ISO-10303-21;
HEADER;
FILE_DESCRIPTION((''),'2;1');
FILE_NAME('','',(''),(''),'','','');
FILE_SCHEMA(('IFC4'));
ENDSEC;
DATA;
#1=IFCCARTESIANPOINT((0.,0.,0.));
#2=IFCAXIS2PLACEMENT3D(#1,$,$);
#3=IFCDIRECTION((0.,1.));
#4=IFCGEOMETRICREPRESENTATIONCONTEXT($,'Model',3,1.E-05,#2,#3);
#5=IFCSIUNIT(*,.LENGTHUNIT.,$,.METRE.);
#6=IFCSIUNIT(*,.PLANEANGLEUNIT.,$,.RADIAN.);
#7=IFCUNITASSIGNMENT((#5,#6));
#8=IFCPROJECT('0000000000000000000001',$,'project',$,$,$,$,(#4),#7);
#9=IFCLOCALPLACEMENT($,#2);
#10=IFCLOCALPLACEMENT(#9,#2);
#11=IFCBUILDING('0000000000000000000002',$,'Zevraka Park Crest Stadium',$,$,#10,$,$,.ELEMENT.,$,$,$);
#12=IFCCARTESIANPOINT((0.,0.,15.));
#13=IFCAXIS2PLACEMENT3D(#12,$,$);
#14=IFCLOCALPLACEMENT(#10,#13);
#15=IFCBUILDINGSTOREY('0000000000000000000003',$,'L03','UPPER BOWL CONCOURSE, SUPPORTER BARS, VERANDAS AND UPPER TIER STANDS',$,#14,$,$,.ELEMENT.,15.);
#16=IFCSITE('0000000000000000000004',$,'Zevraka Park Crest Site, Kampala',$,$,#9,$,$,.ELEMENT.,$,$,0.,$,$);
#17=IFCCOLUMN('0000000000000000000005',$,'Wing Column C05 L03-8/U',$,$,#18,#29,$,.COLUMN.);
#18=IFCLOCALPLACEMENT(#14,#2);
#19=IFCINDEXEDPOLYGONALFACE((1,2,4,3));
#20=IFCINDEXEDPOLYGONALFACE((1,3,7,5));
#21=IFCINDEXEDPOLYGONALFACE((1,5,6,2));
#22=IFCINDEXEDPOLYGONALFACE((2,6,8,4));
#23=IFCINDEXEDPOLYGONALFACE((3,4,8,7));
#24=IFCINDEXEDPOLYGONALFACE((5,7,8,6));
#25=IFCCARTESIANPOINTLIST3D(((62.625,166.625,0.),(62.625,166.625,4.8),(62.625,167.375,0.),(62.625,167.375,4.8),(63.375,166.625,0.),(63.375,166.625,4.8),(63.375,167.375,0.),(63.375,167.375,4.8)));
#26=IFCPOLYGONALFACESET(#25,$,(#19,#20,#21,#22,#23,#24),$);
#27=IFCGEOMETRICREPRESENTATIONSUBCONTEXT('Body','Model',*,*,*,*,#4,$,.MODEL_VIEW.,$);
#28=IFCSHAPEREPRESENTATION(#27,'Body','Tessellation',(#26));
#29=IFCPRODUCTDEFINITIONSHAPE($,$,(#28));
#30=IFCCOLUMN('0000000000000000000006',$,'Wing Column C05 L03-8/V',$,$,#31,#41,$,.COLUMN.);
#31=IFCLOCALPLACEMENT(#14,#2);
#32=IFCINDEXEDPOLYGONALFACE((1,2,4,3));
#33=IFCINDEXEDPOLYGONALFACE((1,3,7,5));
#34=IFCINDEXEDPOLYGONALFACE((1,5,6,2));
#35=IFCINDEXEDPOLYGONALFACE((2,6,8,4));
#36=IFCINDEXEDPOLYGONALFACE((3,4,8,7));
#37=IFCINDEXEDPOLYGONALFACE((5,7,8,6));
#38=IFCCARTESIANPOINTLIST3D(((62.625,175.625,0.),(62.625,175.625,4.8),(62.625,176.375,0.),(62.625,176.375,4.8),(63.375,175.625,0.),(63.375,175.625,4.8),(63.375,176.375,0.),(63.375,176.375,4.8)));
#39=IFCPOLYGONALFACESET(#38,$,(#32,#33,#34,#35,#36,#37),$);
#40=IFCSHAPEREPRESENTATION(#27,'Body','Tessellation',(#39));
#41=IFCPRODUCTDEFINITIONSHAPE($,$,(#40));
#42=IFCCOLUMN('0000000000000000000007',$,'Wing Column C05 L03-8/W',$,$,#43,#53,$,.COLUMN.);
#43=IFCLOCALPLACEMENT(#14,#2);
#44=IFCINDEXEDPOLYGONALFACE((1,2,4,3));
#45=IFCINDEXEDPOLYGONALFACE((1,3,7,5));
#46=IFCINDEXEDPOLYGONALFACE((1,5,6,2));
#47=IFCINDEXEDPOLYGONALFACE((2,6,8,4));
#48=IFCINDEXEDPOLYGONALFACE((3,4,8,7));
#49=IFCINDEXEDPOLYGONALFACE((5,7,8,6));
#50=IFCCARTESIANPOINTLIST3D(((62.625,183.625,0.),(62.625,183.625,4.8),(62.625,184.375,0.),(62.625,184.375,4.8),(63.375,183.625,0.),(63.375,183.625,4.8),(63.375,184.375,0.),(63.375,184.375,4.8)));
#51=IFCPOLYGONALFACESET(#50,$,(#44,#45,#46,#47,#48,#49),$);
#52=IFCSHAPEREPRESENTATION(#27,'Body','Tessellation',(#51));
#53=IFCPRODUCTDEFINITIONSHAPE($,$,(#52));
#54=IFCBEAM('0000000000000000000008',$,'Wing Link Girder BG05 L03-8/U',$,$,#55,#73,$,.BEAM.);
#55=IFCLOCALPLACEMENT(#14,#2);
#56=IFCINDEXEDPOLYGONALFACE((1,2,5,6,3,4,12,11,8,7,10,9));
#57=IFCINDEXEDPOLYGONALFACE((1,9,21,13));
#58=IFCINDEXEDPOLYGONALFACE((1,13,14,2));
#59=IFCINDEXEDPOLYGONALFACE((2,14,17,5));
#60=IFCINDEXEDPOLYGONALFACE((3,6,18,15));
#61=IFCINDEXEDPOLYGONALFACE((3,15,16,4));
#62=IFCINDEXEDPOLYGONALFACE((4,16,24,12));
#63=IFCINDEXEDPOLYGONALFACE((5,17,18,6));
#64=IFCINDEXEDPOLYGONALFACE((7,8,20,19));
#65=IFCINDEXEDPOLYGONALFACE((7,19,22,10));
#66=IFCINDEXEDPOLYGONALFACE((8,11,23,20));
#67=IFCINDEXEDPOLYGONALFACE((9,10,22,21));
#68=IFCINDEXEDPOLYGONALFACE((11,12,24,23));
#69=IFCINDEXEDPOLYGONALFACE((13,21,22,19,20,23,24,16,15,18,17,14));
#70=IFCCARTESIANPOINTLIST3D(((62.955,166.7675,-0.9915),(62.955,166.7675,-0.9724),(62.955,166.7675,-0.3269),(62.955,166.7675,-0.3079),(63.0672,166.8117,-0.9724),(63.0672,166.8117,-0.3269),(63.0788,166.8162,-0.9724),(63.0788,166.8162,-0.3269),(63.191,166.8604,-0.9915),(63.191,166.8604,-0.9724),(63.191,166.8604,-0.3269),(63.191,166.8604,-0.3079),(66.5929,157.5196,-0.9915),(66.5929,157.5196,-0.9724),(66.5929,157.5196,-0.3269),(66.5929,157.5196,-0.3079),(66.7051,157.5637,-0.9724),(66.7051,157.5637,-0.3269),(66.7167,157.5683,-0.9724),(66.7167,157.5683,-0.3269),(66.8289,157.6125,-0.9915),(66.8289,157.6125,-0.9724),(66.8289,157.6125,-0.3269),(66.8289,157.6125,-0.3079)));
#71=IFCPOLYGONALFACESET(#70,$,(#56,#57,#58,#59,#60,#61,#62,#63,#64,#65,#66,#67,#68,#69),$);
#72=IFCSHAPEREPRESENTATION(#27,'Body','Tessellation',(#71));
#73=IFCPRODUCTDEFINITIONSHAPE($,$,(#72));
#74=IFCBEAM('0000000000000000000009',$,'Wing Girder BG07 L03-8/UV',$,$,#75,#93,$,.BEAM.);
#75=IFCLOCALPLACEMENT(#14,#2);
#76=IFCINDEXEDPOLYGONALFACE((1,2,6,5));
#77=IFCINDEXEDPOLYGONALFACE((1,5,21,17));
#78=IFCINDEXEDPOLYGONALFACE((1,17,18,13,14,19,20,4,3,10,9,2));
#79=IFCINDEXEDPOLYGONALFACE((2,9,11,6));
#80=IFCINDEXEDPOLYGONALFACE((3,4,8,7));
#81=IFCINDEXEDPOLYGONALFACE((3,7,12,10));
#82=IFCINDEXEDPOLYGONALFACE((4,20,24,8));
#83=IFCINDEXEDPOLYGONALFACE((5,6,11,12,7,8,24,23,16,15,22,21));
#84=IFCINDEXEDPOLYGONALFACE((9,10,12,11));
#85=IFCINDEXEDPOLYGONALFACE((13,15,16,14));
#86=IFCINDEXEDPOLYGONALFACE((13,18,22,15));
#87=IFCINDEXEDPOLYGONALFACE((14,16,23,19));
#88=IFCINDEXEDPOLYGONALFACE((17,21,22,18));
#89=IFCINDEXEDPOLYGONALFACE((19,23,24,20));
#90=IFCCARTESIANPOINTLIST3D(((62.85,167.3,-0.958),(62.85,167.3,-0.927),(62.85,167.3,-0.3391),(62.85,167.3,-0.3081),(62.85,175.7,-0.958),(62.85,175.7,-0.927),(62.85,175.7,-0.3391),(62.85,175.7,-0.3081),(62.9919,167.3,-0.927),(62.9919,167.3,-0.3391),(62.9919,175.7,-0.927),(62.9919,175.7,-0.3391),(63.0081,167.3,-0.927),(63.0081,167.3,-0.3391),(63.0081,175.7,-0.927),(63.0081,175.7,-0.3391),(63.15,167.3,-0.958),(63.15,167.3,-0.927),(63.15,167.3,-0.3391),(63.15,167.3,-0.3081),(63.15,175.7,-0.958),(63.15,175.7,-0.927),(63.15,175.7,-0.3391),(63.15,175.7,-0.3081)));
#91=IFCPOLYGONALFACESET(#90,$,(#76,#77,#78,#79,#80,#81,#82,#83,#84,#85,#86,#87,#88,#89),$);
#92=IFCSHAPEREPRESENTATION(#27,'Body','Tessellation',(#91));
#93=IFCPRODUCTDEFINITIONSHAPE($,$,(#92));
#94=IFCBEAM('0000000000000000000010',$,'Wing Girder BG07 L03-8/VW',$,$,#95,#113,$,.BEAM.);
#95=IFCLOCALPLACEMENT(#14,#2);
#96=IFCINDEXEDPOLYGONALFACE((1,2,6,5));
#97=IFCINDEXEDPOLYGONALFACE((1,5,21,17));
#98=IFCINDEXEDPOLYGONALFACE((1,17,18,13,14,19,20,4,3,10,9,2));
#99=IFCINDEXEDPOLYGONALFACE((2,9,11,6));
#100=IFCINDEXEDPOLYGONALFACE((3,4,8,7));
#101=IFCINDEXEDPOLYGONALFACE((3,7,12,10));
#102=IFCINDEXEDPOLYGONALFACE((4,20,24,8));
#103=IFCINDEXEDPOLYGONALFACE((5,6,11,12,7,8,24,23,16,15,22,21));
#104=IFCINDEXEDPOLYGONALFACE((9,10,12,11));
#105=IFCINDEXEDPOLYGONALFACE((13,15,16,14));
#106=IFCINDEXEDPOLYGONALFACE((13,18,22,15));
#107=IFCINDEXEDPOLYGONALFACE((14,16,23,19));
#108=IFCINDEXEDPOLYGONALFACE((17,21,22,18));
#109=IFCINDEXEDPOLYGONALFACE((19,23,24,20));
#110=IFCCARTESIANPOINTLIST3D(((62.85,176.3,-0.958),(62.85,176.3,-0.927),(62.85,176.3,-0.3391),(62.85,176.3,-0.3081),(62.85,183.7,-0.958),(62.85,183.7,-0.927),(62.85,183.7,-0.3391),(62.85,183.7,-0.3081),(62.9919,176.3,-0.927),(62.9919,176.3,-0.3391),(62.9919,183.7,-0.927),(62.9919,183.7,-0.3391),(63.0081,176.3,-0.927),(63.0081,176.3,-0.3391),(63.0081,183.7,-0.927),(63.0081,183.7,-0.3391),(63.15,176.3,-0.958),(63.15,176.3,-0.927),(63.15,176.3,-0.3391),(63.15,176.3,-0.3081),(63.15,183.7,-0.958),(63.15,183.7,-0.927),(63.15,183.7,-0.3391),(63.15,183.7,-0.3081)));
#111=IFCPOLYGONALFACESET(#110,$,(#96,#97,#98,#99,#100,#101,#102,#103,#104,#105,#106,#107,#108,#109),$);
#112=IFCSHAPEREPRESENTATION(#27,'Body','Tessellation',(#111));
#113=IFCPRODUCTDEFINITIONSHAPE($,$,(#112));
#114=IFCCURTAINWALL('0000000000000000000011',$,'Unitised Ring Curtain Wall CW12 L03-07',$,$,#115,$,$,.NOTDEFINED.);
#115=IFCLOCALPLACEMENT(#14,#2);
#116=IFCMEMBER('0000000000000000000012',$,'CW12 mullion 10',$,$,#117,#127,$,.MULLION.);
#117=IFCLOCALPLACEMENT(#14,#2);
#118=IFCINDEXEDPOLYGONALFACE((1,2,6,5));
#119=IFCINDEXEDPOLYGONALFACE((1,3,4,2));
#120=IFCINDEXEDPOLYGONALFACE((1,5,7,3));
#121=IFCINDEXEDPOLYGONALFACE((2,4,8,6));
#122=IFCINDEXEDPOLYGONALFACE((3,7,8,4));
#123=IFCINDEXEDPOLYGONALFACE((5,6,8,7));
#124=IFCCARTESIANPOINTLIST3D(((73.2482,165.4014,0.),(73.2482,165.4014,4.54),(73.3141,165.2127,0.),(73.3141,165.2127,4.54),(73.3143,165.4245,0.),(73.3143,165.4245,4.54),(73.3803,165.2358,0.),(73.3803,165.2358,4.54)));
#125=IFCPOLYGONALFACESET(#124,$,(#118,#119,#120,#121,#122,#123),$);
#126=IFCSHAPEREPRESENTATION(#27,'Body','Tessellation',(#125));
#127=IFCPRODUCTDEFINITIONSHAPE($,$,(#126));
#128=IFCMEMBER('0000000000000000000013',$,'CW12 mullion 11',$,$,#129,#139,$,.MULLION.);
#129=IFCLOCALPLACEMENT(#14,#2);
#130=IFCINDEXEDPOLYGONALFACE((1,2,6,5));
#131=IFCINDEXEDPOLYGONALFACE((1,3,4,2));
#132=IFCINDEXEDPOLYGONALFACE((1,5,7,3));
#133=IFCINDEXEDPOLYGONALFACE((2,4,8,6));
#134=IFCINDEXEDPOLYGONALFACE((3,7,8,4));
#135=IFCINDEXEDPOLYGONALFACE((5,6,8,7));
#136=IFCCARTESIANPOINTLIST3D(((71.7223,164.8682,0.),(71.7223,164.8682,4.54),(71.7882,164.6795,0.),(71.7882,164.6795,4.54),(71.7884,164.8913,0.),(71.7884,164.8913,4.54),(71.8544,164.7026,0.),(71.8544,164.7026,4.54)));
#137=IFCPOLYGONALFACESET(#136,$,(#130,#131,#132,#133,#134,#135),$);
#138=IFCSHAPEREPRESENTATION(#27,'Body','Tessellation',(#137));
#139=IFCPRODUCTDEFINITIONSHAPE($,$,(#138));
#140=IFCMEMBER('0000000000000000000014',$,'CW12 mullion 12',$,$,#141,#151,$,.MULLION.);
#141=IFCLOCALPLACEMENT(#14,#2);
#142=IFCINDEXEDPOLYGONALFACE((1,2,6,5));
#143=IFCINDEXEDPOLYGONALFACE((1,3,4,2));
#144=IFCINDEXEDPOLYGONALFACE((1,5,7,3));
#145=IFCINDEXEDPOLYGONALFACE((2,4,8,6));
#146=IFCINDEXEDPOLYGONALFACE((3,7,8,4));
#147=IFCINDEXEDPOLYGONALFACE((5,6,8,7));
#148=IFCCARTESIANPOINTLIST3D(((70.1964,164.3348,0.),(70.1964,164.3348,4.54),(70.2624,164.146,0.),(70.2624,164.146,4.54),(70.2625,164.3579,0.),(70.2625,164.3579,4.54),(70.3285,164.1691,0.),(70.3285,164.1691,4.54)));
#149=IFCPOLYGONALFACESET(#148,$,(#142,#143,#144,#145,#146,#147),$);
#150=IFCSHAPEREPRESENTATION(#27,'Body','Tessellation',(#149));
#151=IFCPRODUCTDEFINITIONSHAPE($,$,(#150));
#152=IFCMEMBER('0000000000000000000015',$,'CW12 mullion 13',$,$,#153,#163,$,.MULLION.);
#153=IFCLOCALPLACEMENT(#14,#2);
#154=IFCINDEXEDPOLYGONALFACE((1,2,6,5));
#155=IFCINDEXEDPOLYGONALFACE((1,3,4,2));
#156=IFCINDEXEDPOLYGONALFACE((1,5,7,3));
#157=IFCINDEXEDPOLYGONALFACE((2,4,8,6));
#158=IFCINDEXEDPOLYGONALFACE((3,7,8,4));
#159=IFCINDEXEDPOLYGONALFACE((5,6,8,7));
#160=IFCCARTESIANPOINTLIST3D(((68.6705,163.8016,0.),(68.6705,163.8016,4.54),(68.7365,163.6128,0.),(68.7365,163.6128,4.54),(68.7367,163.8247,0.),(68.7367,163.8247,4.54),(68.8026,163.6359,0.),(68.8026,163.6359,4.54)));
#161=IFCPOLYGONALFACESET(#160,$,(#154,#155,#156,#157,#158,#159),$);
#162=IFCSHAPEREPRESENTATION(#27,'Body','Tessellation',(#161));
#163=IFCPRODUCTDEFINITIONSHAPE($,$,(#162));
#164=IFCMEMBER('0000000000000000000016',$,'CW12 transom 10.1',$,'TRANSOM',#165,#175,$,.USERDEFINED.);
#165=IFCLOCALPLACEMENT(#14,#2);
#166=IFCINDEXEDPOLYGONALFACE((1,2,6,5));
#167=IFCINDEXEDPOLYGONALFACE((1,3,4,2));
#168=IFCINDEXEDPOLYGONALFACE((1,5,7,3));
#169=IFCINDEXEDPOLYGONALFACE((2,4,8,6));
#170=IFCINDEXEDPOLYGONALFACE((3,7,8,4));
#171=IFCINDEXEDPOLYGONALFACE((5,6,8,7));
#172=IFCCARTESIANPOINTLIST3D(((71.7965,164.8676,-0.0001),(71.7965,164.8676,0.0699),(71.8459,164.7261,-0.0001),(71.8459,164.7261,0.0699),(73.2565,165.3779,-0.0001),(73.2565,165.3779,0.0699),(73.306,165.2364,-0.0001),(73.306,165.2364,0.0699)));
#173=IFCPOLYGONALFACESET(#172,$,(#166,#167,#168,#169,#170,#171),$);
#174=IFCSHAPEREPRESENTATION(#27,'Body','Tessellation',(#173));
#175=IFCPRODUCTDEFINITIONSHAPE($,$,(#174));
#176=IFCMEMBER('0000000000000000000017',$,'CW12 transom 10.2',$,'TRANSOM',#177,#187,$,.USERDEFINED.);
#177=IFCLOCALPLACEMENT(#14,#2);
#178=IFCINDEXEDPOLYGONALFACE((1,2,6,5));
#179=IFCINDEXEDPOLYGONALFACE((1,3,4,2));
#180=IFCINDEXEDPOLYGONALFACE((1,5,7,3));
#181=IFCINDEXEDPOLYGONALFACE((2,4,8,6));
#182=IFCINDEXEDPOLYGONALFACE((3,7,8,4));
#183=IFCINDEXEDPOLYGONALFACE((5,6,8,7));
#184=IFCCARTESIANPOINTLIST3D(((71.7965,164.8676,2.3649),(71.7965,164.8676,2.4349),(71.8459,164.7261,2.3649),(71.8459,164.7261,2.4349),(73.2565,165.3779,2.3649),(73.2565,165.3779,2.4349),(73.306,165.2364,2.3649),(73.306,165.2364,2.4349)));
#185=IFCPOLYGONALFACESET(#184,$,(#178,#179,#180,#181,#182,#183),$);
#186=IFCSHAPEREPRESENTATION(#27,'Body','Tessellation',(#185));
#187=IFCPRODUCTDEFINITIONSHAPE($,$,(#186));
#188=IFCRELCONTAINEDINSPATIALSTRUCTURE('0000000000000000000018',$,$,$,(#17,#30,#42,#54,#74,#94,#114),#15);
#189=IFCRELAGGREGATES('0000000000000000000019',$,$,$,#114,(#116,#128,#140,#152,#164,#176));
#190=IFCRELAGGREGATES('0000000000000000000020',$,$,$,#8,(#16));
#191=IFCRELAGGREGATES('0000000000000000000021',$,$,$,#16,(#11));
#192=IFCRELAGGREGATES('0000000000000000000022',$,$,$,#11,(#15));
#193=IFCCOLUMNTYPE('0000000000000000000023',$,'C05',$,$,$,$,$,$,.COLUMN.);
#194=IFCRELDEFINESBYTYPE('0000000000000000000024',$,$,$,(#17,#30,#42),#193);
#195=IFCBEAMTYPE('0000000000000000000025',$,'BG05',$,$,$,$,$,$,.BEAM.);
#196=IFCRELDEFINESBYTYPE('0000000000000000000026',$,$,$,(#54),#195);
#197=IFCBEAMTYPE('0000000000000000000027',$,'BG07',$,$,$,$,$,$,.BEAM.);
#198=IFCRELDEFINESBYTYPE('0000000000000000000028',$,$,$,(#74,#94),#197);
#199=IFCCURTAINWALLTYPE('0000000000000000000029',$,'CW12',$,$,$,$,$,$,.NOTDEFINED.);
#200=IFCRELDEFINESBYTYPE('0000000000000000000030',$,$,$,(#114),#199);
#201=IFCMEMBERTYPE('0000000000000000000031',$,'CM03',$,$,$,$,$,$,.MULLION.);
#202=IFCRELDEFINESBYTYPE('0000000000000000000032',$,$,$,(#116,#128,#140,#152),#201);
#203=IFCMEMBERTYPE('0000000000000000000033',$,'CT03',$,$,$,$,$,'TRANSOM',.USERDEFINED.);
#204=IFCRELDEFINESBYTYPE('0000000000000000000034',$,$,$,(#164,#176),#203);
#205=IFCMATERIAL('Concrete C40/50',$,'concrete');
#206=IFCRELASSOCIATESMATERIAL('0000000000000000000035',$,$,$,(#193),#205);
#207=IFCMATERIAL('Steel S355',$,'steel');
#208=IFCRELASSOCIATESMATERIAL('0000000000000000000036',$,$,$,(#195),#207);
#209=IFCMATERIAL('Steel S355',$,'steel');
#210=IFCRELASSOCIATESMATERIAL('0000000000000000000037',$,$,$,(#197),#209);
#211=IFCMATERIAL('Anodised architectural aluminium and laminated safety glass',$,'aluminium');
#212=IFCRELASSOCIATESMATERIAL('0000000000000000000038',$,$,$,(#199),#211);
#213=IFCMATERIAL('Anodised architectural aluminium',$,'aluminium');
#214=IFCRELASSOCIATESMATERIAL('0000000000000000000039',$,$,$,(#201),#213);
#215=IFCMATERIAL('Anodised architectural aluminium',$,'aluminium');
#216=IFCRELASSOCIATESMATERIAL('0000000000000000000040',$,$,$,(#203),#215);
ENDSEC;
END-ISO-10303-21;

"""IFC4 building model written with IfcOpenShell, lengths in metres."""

from ifc_helpers import new_model, si_unit, direction, frame, origin, origin_2d, place, context, subcontext, project, spatial, rectangle, i_section, extrude, material, material_profile, profile_set, type_object, element, aggregate, save


model = new_model("IFC4")

# Units and contexts
model_context = context("Model", 3, precision=1e-05, world=origin(), true_north=direction((0.0, 1.0)))
body_context = subcontext(model_context, "Body", "Model", "MODEL_VIEW")
ifc_project = project(units=[si_unit("LENGTHUNIT", "METRE"), si_unit("PLANEANGLEUNIT", "RADIAN")], contexts=[model_context])

# Site, building, storey
site_placement = place(None, origin())
site = spatial("IfcSite", under=ifc_project, at=site_placement, Name="Zevraka Park Crest Site, Kampala", CompositionType="ELEMENT", RefElevation=0.0)
building_placement = place(site_placement, origin())
building = spatial("IfcBuilding", under=site, at=building_placement, Name="Zevraka Park Crest Stadium", CompositionType="ELEMENT")
storey_placement = place(building_placement, frame((0.0, 0.0, 15.0)))
storey = spatial("IfcBuildingStorey", under=building, at=storey_placement, Name="L03", Description="UPPER BOWL CONCOURSE, SUPPORTER BARS, VERANDAS AND UPPER TIER STANDS", CompositionType="ELEMENT", Elevation=15.0)

# Columns
ifc_material_1 = material(Name="Concrete C40/50", Category="concrete")
ifc_material_profile_1 = material_profile(ifc_material_1, rectangle(XDim=0.75, YDim=0.75, at=origin_2d()), Name="RC 750x750")
ifc_profile_set_1 = profile_set([ifc_material_profile_1], Name="Concrete C40/50")
column_type = type_object("IfcColumnType", Name="C05", PredefinedType="COLUMN", material=ifc_profile_set_1)
for number, where, z_axis, x_axis, name in (
    (1, (63.0, 167.0, 0.0), (0.0, 0.0, 1.0), (1.0, 0.0, 0.0), "Wing Column C05 L03-8/U"),
    (2, (63.0, 176.0, 0.0), (0.0, 0.0, 1.0), (1.0, 0.0, 0.0), "Wing Column C05 L03-8/V"),
    (3, (63.0, 184.0, 0.0), (0.0, 0.0, 1.0), (1.0, 0.0, 0.0), "Wing Column C05 L03-8/W"),
):
    element("IfcColumn", number, at=place(storey_placement, frame(where, z_axis=z_axis, x_axis=x_axis)), inside=storey, type_object=column_type, Name=name, PredefinedType="COLUMN", context=body_context, shape_type="SweptSolid", body=[
        extrude(rectangle(XDim=0.75, YDim=0.75, at=origin_2d()), origin(), (0.0, 0.0, 1.0), 4.8),
    ])

# Beams
ifc_material_2 = material(Name="Steel S355", Category="steel")
ifc_material_profile_2 = material_profile(ifc_material_2, i_section(OverallWidth=0.2537, OverallDepth=0.6836, WebThickness=0.0125, FlangeThickness=0.019, at=origin_2d()), Name="UKB 686x254x140")
ifc_profile_set_2 = profile_set([ifc_material_profile_2], Name="Steel S355")
beam_type_1 = type_object("IfcBeamType", Name="BG05", PredefinedType="BEAM", material=ifc_profile_set_2)
beam_1_placement = place(storey_placement, frame((63.073, 166.814, -0.6497), z_axis=(0.366069, -0.930588, 0.0), x_axis=(0.930588, 0.366069, 0.0)))
element("IfcBeam", 4, at=beam_1_placement, inside=storey, type_object=beam_type_1, Name="Wing Link Girder BG05 L03-8/U", PredefinedType="BEAM", context=body_context, shape_type="SweptSolid", body=[
    extrude(i_section(OverallWidth=0.2537, OverallDepth=0.6836, WebThickness=0.0125, FlangeThickness=0.019, at=origin_2d()), origin(), (0.0, 0.0, 1.0), 9.9377),
])
ifc_material_3 = material(Name="Steel S355", Category="steel")
ifc_material_profile_3 = material_profile(ifc_material_3, i_section(OverallWidth=0.3, OverallDepth=0.6499, WebThickness=0.0161, FlangeThickness=0.031, at=origin_2d()), Name="HEB 650")
ifc_profile_set_3 = profile_set([ifc_material_profile_3], Name="Steel S355")
beam_type_2 = type_object("IfcBeamType", Name="BG07", PredefinedType="BEAM", material=ifc_profile_set_3)
beam_2_placement = place(storey_placement, frame((63.0, 167.3, -0.6331), z_axis=(0.0, 1.0, 0.0), x_axis=(-1.0, 0.0, 0.0)))
element("IfcBeam", 5, at=beam_2_placement, inside=storey, type_object=beam_type_2, Name="Wing Girder BG07 L03-8/UV", PredefinedType="BEAM", context=body_context, shape_type="SweptSolid", body=[
    extrude(i_section(OverallWidth=0.3, OverallDepth=0.6499, WebThickness=0.0161, FlangeThickness=0.031, at=origin_2d()), origin(), (0.0, 0.0, 1.0), 8.3999),
])
beam_3_placement = place(storey_placement, frame((63.0, 176.3, -0.6331), z_axis=(0.0, 1.0, 0.0), x_axis=(-1.0, 0.0, 0.0)))
element("IfcBeam", 6, at=beam_3_placement, inside=storey, type_object=beam_type_2, Name="Wing Girder BG07 L03-8/VW", PredefinedType="BEAM", context=body_context, shape_type="SweptSolid", body=[
    extrude(i_section(OverallWidth=0.3, OverallDepth=0.6499, WebThickness=0.0161, FlangeThickness=0.031, at=origin_2d()), origin(), (0.0, 0.0, 1.0), 7.3999),
])

# Curtain wall, members
ifc_material_4 = material(Name="Anodised architectural aluminium and laminated safety glass", Category="aluminium")
curtain_wall_type = type_object("IfcCurtainWallType", Name="CW12", PredefinedType="NOTDEFINED", material=ifc_material_4)
curtain_wall_placement = place(storey_placement, origin())
curtain_wall = element("IfcCurtainWall", 7, at=curtain_wall_placement, inside=storey, type_object=curtain_wall_type, Name="Unitised Ring Curtain Wall CW12 L03-07", PredefinedType="NOTDEFINED")
ifc_material_5 = material(Name="Anodised architectural aluminium", Category="aluminium")
ifc_material_profile_4 = material_profile(ifc_material_5, rectangle(XDim=0.2, YDim=0.0701, at=origin_2d()), Name="ALU MULLION 200x70")
ifc_profile_set_4 = profile_set([ifc_material_profile_4], Name="Anodised architectural aluminium")
member_type_1 = type_object("IfcMemberType", Name="CM03", PredefinedType="MULLION", material=ifc_profile_set_4)
member_1_placement = place(storey_placement, frame((73.3142, 165.3186, 0.0), z_axis=(0.0, 0.0, 1.0), x_axis=(0.329917, -0.94401, 0.0)))
member_1 = element("IfcMember", 8, at=member_1_placement, type_object=member_type_1, Name="CW12 mullion 10", PredefinedType="MULLION", context=body_context, shape_type="SweptSolid", body=[
    extrude(rectangle(XDim=0.2, YDim=0.0701, at=origin_2d()), origin(), (0.0, 0.0, 1.0), 4.54),
])
member_2_placement = place(storey_placement, frame((71.7883, 164.7854, 0.0), z_axis=(0.0, 0.0, 1.0), x_axis=(0.329917, -0.94401, 0.0)))
member_2 = element("IfcMember", 9, at=member_2_placement, type_object=member_type_1, Name="CW12 mullion 11", PredefinedType="MULLION", context=body_context, shape_type="SweptSolid", body=[
    extrude(rectangle(XDim=0.2, YDim=0.0701, at=origin_2d()), origin(), (0.0, 0.0, 1.0), 4.54),
])
member_3_placement = place(storey_placement, frame((70.2625, 164.252, 0.0), z_axis=(0.0, 0.0, 1.0), x_axis=(0.329917, -0.94401, 0.0)))
member_3 = element("IfcMember", 10, at=member_3_placement, type_object=member_type_1, Name="CW12 mullion 12", PredefinedType="MULLION", context=body_context, shape_type="SweptSolid", body=[
    extrude(rectangle(XDim=0.2, YDim=0.0701, at=origin_2d()), origin(), (0.0, 0.0, 1.0), 4.54),
])
member_4_placement = place(storey_placement, frame((68.7366, 163.7188, 0.0), z_axis=(0.0, 0.0, 1.0), x_axis=(0.329917, -0.94401, 0.0)))
member_4 = element("IfcMember", 11, at=member_4_placement, type_object=member_type_1, Name="CW12 mullion 13", PredefinedType="MULLION", context=body_context, shape_type="SweptSolid", body=[
    extrude(rectangle(XDim=0.2, YDim=0.0701, at=origin_2d()), origin(), (0.0, 0.0, 1.0), 4.54),
])
ifc_material_6 = material(Name="Anodised architectural aluminium", Category="aluminium")
ifc_material_profile_5 = material_profile(ifc_material_6, rectangle(XDim=0.1499, YDim=0.0701, at=origin_2d()), Name="ALU TRANSOM 150x70")
ifc_profile_set_5 = profile_set([ifc_material_profile_5], Name="Anodised architectural aluminium")
member_type_2 = type_object("IfcMemberType", Name="CT03", ElementType="TRANSOM", PredefinedType="USERDEFINED", material=ifc_profile_set_5)
member_5_placement = place(storey_placement, frame((73.2812, 165.3071, 0.0349), z_axis=(-0.944006, -0.329928, 0.0), x_axis=(0.329928, -0.944006, 0.0)))
member_5 = element("IfcMember", 12, at=member_5_placement, type_object=member_type_2, Name="CW12 transom 10.1", ObjectType="TRANSOM", PredefinedType="USERDEFINED", context=body_context, shape_type="SweptSolid", body=[
    extrude(rectangle(XDim=0.1499, YDim=0.0701, at=origin_2d()), origin(), (0.0, 0.0, 1.0), 1.5466),
])
member_6_placement = place(storey_placement, frame((73.2812, 165.3071, 2.3999), z_axis=(-0.944006, -0.329928, 0.0), x_axis=(0.329928, -0.944006, 0.0)))
member_6 = element("IfcMember", 13, at=member_6_placement, type_object=member_type_2, Name="CW12 transom 10.2", ObjectType="TRANSOM", PredefinedType="USERDEFINED", context=body_context, shape_type="SweptSolid", body=[
    extrude(rectangle(XDim=0.1499, YDim=0.0701, at=origin_2d()), origin(), (0.0, 0.0, 1.0), 1.5466),
])
aggregate(curtain_wall, [member_1, member_2, member_3, member_4, member_5, member_6])

save(model, "model.ifc")
